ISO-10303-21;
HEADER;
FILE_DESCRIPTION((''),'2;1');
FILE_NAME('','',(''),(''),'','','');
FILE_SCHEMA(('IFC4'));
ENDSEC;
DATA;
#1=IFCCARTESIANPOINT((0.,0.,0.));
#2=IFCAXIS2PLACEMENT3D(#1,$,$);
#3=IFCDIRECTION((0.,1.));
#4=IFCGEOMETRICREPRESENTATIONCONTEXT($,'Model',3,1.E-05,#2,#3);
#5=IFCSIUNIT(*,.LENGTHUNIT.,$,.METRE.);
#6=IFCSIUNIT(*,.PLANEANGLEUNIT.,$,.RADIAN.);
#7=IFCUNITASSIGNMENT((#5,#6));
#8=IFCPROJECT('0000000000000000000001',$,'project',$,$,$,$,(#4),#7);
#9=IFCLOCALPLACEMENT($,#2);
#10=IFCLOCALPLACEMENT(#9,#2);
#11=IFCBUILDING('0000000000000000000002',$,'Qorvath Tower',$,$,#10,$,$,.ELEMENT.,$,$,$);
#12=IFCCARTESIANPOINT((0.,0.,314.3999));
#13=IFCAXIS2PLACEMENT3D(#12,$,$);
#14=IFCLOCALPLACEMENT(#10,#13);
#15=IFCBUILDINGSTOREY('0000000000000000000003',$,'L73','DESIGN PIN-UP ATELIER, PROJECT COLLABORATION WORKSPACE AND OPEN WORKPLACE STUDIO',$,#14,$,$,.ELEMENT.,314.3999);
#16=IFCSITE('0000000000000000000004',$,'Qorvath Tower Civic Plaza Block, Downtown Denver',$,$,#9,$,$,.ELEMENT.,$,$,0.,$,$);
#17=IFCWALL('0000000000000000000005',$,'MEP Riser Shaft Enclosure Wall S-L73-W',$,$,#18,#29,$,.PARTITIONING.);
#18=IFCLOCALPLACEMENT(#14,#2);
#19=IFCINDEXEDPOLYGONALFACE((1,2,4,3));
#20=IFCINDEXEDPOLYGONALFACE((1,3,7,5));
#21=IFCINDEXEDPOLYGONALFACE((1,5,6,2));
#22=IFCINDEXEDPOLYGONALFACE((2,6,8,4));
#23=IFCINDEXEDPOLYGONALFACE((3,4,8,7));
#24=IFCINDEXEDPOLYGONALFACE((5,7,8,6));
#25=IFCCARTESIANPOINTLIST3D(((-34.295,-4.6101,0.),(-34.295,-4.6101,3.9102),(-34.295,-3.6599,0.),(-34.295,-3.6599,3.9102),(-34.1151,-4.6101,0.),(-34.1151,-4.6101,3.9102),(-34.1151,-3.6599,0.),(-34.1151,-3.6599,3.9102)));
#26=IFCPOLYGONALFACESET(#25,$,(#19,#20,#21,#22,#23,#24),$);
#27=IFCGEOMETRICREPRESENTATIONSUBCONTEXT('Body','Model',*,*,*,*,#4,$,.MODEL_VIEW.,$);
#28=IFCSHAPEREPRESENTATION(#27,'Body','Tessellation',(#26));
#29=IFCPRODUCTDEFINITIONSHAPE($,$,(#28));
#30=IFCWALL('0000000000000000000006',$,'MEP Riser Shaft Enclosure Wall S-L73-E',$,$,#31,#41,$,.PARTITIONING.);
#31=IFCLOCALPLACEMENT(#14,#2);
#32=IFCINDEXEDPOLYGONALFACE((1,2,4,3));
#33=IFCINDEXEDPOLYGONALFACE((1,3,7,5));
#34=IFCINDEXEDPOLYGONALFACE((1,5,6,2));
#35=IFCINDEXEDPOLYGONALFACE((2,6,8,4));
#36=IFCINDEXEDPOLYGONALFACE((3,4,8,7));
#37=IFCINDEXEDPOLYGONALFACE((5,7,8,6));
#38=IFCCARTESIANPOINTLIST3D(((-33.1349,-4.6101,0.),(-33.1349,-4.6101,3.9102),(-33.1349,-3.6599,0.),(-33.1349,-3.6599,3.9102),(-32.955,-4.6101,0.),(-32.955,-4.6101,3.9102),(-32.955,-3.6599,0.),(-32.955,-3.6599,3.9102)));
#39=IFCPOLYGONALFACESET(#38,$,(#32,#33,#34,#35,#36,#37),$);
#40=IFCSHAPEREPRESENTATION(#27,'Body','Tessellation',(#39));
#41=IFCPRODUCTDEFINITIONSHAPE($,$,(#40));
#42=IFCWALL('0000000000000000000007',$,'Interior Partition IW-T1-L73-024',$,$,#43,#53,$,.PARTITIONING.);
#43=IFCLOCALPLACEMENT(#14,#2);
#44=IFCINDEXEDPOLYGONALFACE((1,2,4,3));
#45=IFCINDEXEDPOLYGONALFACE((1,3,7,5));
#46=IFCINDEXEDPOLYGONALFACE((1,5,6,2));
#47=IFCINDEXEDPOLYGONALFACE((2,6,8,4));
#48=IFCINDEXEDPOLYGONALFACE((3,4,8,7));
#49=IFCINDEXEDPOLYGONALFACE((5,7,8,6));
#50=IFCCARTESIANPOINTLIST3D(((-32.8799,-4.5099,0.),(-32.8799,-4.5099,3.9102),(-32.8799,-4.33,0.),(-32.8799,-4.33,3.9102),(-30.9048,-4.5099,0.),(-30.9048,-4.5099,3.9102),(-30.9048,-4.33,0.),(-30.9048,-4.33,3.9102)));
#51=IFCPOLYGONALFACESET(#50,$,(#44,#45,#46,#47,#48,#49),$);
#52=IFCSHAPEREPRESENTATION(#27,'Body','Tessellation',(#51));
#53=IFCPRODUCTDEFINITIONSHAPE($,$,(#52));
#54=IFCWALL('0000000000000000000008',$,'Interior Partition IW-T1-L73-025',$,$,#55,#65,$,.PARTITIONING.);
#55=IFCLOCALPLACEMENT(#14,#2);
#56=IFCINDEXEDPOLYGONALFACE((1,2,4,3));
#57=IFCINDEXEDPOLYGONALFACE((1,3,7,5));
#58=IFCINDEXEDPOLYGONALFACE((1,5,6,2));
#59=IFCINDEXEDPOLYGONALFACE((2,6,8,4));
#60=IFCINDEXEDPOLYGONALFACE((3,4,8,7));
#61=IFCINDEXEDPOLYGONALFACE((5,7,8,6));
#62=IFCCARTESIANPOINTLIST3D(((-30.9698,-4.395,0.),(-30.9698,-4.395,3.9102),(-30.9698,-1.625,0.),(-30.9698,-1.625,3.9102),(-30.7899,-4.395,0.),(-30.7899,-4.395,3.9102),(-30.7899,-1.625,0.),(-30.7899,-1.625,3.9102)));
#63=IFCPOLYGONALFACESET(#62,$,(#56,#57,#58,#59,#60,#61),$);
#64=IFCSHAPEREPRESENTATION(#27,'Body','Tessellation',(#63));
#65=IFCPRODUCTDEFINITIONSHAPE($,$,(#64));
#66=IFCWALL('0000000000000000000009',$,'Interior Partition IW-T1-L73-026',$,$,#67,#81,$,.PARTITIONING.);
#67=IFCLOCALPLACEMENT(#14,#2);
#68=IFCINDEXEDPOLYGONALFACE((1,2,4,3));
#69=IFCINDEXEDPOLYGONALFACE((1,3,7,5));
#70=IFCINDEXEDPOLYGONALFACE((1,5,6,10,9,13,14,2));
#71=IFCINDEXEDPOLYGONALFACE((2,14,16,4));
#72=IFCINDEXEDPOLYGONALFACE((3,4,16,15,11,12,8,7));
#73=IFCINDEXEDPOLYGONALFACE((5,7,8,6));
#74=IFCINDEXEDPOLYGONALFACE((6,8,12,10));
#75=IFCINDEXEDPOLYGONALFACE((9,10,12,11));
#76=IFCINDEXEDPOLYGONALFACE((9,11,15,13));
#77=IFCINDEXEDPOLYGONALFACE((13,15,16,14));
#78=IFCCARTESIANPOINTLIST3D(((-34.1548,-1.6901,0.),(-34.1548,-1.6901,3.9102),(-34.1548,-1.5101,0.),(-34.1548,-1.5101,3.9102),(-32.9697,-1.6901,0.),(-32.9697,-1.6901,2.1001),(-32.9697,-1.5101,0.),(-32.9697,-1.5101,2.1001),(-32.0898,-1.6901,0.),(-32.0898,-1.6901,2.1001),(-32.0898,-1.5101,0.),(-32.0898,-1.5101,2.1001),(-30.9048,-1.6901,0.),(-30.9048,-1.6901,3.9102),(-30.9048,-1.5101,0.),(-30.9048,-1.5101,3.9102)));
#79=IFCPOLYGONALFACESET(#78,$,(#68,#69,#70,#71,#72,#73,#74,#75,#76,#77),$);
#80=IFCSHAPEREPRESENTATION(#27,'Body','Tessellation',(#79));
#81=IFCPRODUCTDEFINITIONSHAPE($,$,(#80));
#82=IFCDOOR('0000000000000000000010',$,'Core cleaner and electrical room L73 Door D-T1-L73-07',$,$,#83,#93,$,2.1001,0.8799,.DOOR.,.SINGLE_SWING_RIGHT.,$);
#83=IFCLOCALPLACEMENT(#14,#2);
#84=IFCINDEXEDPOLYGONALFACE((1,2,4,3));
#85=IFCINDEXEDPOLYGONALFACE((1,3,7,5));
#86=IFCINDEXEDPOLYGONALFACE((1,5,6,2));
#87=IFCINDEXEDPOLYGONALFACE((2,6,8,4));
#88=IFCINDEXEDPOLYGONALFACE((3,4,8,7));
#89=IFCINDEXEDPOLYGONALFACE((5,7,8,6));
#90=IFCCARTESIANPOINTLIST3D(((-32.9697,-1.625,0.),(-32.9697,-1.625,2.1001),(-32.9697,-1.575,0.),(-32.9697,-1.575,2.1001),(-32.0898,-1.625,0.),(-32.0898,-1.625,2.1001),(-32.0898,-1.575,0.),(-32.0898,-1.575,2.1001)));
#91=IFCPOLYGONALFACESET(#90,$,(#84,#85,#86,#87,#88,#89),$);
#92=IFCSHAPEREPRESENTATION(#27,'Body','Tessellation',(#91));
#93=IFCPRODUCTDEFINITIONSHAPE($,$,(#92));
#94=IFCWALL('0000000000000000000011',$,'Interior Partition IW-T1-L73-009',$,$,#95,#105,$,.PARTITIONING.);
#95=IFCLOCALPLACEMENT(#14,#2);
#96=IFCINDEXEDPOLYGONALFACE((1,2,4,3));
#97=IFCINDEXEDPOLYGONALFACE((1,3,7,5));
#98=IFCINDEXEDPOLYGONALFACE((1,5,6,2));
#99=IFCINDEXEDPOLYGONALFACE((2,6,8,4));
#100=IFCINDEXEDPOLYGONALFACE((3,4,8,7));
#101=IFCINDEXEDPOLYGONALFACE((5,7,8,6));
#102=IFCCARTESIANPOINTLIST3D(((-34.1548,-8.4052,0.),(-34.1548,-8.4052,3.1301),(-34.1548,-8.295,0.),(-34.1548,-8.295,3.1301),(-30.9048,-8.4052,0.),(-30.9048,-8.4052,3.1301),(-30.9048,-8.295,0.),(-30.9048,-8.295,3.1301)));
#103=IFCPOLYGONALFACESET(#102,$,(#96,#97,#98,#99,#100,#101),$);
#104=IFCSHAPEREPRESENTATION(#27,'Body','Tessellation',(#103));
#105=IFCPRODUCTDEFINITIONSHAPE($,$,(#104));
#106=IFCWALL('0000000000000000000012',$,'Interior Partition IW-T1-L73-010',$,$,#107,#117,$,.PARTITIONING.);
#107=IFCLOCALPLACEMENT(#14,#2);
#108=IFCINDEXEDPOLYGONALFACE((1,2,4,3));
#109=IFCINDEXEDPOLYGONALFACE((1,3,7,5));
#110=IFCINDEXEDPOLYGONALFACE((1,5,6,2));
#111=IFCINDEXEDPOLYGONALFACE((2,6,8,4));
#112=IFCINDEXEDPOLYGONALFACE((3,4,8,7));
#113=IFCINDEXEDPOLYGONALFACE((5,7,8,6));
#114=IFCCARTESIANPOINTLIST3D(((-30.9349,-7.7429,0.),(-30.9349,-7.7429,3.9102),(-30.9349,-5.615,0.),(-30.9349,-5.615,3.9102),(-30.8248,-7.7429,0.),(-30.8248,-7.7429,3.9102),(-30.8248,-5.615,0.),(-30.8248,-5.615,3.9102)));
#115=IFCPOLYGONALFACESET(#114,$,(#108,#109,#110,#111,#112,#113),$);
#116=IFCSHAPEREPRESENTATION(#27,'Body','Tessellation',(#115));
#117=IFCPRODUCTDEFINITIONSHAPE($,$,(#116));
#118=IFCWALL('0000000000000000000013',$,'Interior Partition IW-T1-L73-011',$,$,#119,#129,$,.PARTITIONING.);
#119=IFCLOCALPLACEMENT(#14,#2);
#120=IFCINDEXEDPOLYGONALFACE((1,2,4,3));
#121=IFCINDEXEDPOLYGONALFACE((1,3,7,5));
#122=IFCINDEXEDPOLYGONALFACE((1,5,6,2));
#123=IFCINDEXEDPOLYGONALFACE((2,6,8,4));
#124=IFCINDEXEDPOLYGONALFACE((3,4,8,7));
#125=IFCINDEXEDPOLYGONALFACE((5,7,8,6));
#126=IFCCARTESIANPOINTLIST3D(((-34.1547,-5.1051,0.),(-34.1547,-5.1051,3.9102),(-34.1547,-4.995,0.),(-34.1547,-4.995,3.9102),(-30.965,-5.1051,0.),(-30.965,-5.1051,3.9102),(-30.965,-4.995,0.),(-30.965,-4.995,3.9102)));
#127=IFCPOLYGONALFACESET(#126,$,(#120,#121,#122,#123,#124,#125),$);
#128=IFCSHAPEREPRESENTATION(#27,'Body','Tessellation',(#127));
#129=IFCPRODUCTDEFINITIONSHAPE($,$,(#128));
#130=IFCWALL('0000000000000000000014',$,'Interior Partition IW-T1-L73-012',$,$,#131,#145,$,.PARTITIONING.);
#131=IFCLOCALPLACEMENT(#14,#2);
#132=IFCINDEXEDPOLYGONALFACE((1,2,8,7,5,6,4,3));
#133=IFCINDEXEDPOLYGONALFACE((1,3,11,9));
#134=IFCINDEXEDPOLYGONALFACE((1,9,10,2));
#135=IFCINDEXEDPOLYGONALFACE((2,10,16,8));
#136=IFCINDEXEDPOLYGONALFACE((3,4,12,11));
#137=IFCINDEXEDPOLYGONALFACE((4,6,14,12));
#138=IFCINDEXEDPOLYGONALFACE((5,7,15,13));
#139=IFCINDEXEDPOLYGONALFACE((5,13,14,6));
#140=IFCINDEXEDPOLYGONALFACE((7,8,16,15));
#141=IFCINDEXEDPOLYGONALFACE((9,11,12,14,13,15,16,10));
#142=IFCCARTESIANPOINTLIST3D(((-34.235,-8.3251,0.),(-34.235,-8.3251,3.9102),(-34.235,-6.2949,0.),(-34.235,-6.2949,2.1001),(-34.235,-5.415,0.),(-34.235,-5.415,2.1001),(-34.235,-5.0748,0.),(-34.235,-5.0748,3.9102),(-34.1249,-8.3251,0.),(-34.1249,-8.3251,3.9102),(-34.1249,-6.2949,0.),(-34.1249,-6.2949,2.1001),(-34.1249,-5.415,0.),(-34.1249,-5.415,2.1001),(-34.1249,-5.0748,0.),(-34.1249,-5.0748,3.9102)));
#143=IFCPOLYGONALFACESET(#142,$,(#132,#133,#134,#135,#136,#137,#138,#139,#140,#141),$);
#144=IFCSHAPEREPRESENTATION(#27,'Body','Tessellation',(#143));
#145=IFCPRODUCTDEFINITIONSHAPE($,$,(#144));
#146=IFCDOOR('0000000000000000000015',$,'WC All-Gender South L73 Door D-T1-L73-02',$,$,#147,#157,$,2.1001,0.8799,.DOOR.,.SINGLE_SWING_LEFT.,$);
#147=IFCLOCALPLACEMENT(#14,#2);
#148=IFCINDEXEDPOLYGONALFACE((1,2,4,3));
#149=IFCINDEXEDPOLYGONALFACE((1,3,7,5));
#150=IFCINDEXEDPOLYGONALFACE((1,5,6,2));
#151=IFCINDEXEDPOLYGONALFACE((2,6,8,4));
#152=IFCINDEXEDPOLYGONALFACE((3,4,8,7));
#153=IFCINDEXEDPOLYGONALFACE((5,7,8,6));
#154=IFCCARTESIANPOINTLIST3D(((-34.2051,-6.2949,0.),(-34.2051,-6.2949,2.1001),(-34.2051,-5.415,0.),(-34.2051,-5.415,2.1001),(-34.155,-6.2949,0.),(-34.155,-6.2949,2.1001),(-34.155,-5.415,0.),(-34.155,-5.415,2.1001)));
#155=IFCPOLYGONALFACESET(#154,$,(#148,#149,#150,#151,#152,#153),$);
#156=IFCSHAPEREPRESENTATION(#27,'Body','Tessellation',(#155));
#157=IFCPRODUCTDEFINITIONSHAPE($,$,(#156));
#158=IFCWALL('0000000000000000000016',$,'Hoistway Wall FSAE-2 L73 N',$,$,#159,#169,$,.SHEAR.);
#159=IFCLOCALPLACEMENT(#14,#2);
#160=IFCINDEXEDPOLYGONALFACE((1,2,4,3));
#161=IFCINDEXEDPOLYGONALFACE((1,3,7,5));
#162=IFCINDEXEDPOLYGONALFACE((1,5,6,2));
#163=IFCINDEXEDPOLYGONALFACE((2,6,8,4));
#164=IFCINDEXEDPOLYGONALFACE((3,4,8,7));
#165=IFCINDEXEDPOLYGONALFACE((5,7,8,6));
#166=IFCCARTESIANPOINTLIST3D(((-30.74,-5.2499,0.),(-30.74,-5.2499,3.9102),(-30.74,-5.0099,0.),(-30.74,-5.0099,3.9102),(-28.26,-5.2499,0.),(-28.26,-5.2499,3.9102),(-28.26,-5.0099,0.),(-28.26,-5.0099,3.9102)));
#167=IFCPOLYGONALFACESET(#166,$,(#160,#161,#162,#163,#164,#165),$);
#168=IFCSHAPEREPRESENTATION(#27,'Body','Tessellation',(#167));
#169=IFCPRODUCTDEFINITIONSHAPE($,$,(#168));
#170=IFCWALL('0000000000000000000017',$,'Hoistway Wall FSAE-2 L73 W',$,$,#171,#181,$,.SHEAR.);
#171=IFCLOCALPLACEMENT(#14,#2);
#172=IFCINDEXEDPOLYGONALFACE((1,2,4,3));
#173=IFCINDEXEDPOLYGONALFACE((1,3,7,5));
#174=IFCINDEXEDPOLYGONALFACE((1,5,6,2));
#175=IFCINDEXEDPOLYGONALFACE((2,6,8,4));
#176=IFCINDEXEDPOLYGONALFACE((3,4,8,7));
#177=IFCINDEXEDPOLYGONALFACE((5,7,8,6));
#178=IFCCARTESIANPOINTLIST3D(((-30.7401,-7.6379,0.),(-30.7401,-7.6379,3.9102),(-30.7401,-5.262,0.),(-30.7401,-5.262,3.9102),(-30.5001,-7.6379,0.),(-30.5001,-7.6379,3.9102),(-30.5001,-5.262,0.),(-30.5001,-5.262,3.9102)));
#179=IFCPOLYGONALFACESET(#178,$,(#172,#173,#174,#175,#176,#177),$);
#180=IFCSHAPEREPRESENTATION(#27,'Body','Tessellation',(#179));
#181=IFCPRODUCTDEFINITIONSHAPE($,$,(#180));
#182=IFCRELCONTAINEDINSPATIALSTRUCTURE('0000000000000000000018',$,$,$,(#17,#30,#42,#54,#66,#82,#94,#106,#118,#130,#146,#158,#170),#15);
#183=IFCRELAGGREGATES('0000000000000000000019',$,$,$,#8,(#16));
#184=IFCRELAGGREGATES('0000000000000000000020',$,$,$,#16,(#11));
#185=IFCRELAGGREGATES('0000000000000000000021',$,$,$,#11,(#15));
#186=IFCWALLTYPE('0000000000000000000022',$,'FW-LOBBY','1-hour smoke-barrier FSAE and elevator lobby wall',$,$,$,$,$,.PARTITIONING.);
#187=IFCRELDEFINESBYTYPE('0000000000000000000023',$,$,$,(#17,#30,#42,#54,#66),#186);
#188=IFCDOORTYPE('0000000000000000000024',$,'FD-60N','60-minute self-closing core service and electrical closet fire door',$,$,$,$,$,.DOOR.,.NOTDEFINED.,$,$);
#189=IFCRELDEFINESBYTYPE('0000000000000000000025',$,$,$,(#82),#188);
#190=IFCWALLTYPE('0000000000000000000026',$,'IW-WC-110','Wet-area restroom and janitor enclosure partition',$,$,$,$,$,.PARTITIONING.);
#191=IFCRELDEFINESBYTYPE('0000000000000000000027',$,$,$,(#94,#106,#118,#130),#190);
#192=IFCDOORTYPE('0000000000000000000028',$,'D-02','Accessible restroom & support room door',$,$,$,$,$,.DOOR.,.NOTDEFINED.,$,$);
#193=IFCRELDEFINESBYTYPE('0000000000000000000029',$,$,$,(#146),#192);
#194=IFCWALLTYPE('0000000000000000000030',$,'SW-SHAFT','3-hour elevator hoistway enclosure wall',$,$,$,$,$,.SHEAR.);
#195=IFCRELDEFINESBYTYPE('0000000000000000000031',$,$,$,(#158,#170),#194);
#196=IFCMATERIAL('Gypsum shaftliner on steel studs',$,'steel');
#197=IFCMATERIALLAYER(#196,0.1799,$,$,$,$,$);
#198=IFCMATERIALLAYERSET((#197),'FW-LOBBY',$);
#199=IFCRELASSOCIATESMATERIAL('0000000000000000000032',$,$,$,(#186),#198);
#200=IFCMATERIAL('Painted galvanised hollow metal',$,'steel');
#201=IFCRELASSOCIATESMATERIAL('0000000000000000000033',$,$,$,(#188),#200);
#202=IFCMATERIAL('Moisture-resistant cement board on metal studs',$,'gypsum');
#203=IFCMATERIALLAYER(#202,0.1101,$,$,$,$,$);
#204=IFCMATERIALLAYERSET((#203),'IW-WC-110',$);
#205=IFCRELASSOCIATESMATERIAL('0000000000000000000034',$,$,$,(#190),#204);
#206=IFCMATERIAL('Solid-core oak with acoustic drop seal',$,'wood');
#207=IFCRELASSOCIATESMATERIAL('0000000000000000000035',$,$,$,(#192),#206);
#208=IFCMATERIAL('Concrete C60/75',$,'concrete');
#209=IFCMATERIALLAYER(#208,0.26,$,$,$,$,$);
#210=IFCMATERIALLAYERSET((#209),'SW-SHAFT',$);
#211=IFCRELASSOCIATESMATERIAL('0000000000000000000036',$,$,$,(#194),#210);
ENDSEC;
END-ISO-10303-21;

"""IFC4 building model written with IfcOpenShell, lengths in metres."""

from ifc_helpers import new_model, si_unit, direction, frame, frame_2d, origin, place, context, subcontext, project, spatial, rectangle, extrude, material, layer, layer_set, type_object, element, fill, save


model = new_model("IFC4")

# Units and contexts
model_context = context("Model", 3, precision=1e-05, world=origin(), true_north=direction((0.0, 1.0)))
body_context = subcontext(model_context, "Body", "Model", "MODEL_VIEW")
ifc_project = project(units=[si_unit("LENGTHUNIT", "METRE"), si_unit("PLANEANGLEUNIT", "RADIAN")], contexts=[model_context])

# Site, building, storey
site_placement = place(None, origin())
site = spatial("IfcSite", under=ifc_project, at=site_placement, Name="Qorvath Tower Civic Plaza Block, Downtown Denver", CompositionType="ELEMENT", RefElevation=0.0)
building_placement = place(site_placement, origin())
building = spatial("IfcBuilding", under=site, at=building_placement, Name="Qorvath Tower", CompositionType="ELEMENT")
storey_placement = place(building_placement, frame((0.0, 0.0, 314.3999)))
storey = spatial("IfcBuildingStorey", under=building, at=storey_placement, Name="L73", Description="DESIGN PIN-UP ATELIER, PROJECT COLLABORATION WORKSPACE AND OPEN WORKPLACE STUDIO", CompositionType="ELEMENT", Elevation=314.3999)

# Walls
ifc_material_1 = material(Name="Gypsum shaftliner on steel studs", Category="steel")
ifc_layer_1 = layer(ifc_material_1, 0.1799)
ifc_layer_set_1 = layer_set([ifc_layer_1], Name="FW-LOBBY")
wall_type_1 = type_object("IfcWallType", Name="FW-LOBBY", Description="1-hour smoke-barrier FSAE and elevator lobby wall", PredefinedType="PARTITIONING", material=ifc_layer_set_1)
for number, where, z_axis, x_axis, name in (
    (1, (-34.2051, -4.6101, 0.0), (0.0, 0.0, 1.0), (0.0, 1.0, 0.0), "MEP Riser Shaft Enclosure Wall S-L73-W"),
    (2, (-33.0449, -3.6599, 0.0), (0.0, 0.0, 1.0), (0.0, -1.0, 0.0), "MEP Riser Shaft Enclosure Wall S-L73-E"),
):
    element("IfcWall", number, at=place(storey_placement, frame(where, z_axis=z_axis, x_axis=x_axis)), inside=storey, type_object=wall_type_1, Name=name, PredefinedType="PARTITIONING", context=body_context, shape_type="SweptSolid", body=[
        extrude(rectangle(XDim=0.9502, YDim=0.1799, at=frame_2d((0.4751, 0.0))), origin(), (0.0, 0.0, 1.0), 3.9102),
    ])
wall_1_placement = place(storey_placement, frame((-32.8799, -4.4199, 0.0), z_axis=(0.0, 0.0, 1.0), x_axis=(1.0, 0.0, 0.0)))
element("IfcWall", 3, at=wall_1_placement, inside=storey, type_object=wall_type_1, Name="Interior Partition IW-T1-L73-024", PredefinedType="PARTITIONING", context=body_context, shape_type="SweptSolid", body=[
    extrude(rectangle(XDim=1.9751, YDim=0.1799, at=frame_2d((0.9875, 0.0))), origin(), (0.0, 0.0, 1.0), 3.9102),
])
wall_2_placement = place(storey_placement, frame((-30.8799, -4.395, 0.0), z_axis=(0.0, 0.0, 1.0), x_axis=(0.0, 1.0, 0.0)))
element("IfcWall", 4, at=wall_2_placement, inside=storey, type_object=wall_type_1, Name="Interior Partition IW-T1-L73-025", PredefinedType="PARTITIONING", context=body_context, shape_type="SweptSolid", body=[
    extrude(rectangle(XDim=2.77, YDim=0.1799, at=frame_2d((1.385, 0.0))), origin(), (0.0, 0.0, 1.0), 3.9102),
])

# Wall, opening, door
wall_3_placement = place(storey_placement, frame((-30.9048, -1.6001, 0.0), z_axis=(0.0, 0.0, 1.0), x_axis=(-1.0, 0.0, 0.0)))
wall_3 = element("IfcWall", 5, at=wall_3_placement, inside=storey, type_object=wall_type_1, Name="Interior Partition IW-T1-L73-026", PredefinedType="PARTITIONING", context=body_context, shape_type="SweptSolid", body=[
    extrude(rectangle(XDim=3.25, YDim=0.1799, at=frame_2d((1.625, 0.0))), origin(), (0.0, 0.0, 1.0), 3.9102),
])
opening_1_placement = place(wall_3_placement, frame((1.1851, 0.0, 0.0)))
opening_1 = element("IfcOpeningElement", 6, at=opening_1_placement, cuts=wall_3, PredefinedType="OPENING", context=body_context, shape_type="SweptSolid", body=[
    extrude(rectangle(XDim=0.8799, YDim=2.1001, at=frame_2d((0.4399, 1.05))), frame((0.0, 0.1001, 0.0), z_axis=(0.0, -1.0, 0.0), x_axis=(1.0, 0.0, 0.0)), (0.0, 0.0, 1.0), 0.2),
])
ifc_material_2 = material(Name="Painted galvanised hollow metal", Category="steel")
door_type_1 = type_object("IfcDoorType", Name="FD-60N", Description="60-minute self-closing core service and electrical closet fire door", OperationType="NOTDEFINED", PredefinedType="DOOR", material=ifc_material_2)
door_1_placement = place(opening_1_placement, origin())
door_1 = element("IfcDoor", 7, at=door_1_placement, inside=storey, type_object=door_type_1, Name="Core cleaner and electrical room L73 Door D-T1-L73-07", OperationType="SINGLE_SWING_RIGHT", OverallHeight=2.1001, OverallWidth=0.8799, PredefinedType="DOOR", context=body_context, shape_type="SweptSolid", body=[
    extrude(rectangle(XDim=0.8799, YDim=2.1001, at=frame_2d((0.4399, 1.05))), frame((0.0, 0.0249, 0.0), z_axis=(0.0, -1.0, 0.0), x_axis=(1.0, 0.0, 0.0)), (0.0, 0.0, 1.0), 0.05),
])
fill(opening_1, door_1)

# Walls
ifc_material_3 = material(Name="Moisture-resistant cement board on metal studs", Category="gypsum")
ifc_layer_2 = layer(ifc_material_3, 0.1101)
ifc_layer_set_2 = layer_set([ifc_layer_2], Name="IW-WC-110")
wall_type_2 = type_object("IfcWallType", Name="IW-WC-110", Description="Wet-area restroom and janitor enclosure partition", PredefinedType="PARTITIONING", material=ifc_layer_set_2)
wall_4_placement = place(storey_placement, frame((-34.1548, -8.3501, 0.0), z_axis=(0.0, 0.0, 1.0), x_axis=(1.0, 0.0, 0.0)))
element("IfcWall", 8, at=wall_4_placement, inside=storey, type_object=wall_type_2, Name="Interior Partition IW-T1-L73-009", PredefinedType="PARTITIONING", context=body_context, shape_type="SweptSolid", body=[
    extrude(rectangle(XDim=3.25, YDim=0.1101, at=frame_2d((1.625, 0.0))), origin(), (0.0, 0.0, 1.0), 3.1301),
])
wall_5_placement = place(storey_placement, frame((-30.8799, -7.7429, 0.0), z_axis=(0.0, 0.0, 1.0), x_axis=(0.0, 1.0, 0.0)))
element("IfcWall", 9, at=wall_5_placement, inside=storey, type_object=wall_type_2, Name="Interior Partition IW-T1-L73-010", PredefinedType="PARTITIONING", context=body_context, shape_type="SweptSolid", body=[
    extrude(rectangle(XDim=2.1279, YDim=0.1101, at=frame_2d((1.064, 0.0))), origin(), (0.0, 0.0, 1.0), 3.9102),
])
wall_6_placement = place(storey_placement, frame((-30.9651, -5.05, 0.0), z_axis=(0.0, 0.0, 1.0), x_axis=(-1.0, 0.0, 0.0)))
element("IfcWall", 10, at=wall_6_placement, inside=storey, type_object=wall_type_2, Name="Interior Partition IW-T1-L73-011", PredefinedType="PARTITIONING", context=body_context, shape_type="SweptSolid", body=[
    extrude(rectangle(XDim=3.1897, YDim=0.1101, at=frame_2d((1.5947, 0.0))), origin(), (0.0, 0.0, 1.0), 3.9102),
])

# Wall, opening, door
wall_7_placement = place(storey_placement, frame((-34.1799, -5.075, 0.0), z_axis=(0.0, 0.0, 1.0), x_axis=(0.0, -1.0, 0.0)))
wall_7 = element("IfcWall", 11, at=wall_7_placement, inside=storey, type_object=wall_type_2, Name="Interior Partition IW-T1-L73-012", PredefinedType="PARTITIONING", context=body_context, shape_type="SweptSolid", body=[
    extrude(rectangle(XDim=3.2502, YDim=0.1101, at=frame_2d((1.625, 0.0))), origin(), (0.0, 0.0, 1.0), 3.9102),
])
opening_2_placement = place(wall_7_placement, frame((0.3401, 0.0, 0.0)))
opening_2 = element("IfcOpeningElement", 12, at=opening_2_placement, cuts=wall_7, PredefinedType="OPENING", context=body_context, shape_type="SweptSolid", body=[
    extrude(rectangle(XDim=0.8799, YDim=2.1001, at=frame_2d((0.4399, 1.05))), frame((0.0, 0.0649, 0.0), z_axis=(0.0, -1.0, 0.0), x_axis=(1.0, 0.0, 0.0)), (0.0, 0.0, 1.0), 0.1301),
])
ifc_material_4 = material(Name="Solid-core oak with acoustic drop seal", Category="wood")
door_type_2 = type_object("IfcDoorType", Name="D-02", Description="Accessible restroom & support room door", OperationType="NOTDEFINED", PredefinedType="DOOR", material=ifc_material_4)
door_2_placement = place(opening_2_placement, origin())
door_2 = element("IfcDoor", 13, at=door_2_placement, inside=storey, type_object=door_type_2, Name="WC All-Gender South L73 Door D-T1-L73-02", OperationType="SINGLE_SWING_LEFT", OverallHeight=2.1001, OverallWidth=0.8799, PredefinedType="DOOR", context=body_context, shape_type="SweptSolid", body=[
    extrude(rectangle(XDim=0.8799, YDim=2.1001, at=frame_2d((0.4399, 1.05))), frame((0.0, 0.0249, 0.0), z_axis=(0.0, -1.0, 0.0), x_axis=(1.0, 0.0, 0.0)), (0.0, 0.0, 1.0), 0.05),
])
fill(opening_2, door_2)

# Walls
ifc_material_5 = material(Name="Concrete C60/75", Category="concrete")
ifc_layer_3 = layer(ifc_material_5, 0.26)
ifc_layer_set_3 = layer_set([ifc_layer_3], Name="SW-SHAFT")
wall_type_3 = type_object("IfcWallType", Name="SW-SHAFT", Description="3-hour elevator hoistway enclosure wall", PredefinedType="SHEAR", material=ifc_layer_set_3)
wall_8_placement = place(storey_placement, frame((-30.74, -5.1299, 0.0), z_axis=(0.0, 0.0, 1.0), x_axis=(1.0, 0.0, 0.0)))
element("IfcWall", 14, at=wall_8_placement, inside=storey, type_object=wall_type_3, Name="Hoistway Wall FSAE-2 L73 N", PredefinedType="SHEAR", context=body_context, shape_type="SweptSolid", body=[
    extrude(rectangle(XDim=2.48, YDim=0.24, at=frame_2d((1.24, 0.0))), origin(), (0.0, 0.0, 1.0), 3.9102),
])
wall_9_placement = place(storey_placement, frame((-30.6201, -7.6379, 0.0), z_axis=(0.0, 0.0, 1.0), x_axis=(0.0, 1.0, 0.0)))
element("IfcWall", 15, at=wall_9_placement, inside=storey, type_object=wall_type_3, Name="Hoistway Wall FSAE-2 L73 W", PredefinedType="SHEAR", context=body_context, shape_type="SweptSolid", body=[
    extrude(rectangle(XDim=2.376, YDim=0.24, at=frame_2d((1.188, 0.0))), origin(), (0.0, 0.0, 1.0), 3.9102),
])

save(model, "model.ifc")
